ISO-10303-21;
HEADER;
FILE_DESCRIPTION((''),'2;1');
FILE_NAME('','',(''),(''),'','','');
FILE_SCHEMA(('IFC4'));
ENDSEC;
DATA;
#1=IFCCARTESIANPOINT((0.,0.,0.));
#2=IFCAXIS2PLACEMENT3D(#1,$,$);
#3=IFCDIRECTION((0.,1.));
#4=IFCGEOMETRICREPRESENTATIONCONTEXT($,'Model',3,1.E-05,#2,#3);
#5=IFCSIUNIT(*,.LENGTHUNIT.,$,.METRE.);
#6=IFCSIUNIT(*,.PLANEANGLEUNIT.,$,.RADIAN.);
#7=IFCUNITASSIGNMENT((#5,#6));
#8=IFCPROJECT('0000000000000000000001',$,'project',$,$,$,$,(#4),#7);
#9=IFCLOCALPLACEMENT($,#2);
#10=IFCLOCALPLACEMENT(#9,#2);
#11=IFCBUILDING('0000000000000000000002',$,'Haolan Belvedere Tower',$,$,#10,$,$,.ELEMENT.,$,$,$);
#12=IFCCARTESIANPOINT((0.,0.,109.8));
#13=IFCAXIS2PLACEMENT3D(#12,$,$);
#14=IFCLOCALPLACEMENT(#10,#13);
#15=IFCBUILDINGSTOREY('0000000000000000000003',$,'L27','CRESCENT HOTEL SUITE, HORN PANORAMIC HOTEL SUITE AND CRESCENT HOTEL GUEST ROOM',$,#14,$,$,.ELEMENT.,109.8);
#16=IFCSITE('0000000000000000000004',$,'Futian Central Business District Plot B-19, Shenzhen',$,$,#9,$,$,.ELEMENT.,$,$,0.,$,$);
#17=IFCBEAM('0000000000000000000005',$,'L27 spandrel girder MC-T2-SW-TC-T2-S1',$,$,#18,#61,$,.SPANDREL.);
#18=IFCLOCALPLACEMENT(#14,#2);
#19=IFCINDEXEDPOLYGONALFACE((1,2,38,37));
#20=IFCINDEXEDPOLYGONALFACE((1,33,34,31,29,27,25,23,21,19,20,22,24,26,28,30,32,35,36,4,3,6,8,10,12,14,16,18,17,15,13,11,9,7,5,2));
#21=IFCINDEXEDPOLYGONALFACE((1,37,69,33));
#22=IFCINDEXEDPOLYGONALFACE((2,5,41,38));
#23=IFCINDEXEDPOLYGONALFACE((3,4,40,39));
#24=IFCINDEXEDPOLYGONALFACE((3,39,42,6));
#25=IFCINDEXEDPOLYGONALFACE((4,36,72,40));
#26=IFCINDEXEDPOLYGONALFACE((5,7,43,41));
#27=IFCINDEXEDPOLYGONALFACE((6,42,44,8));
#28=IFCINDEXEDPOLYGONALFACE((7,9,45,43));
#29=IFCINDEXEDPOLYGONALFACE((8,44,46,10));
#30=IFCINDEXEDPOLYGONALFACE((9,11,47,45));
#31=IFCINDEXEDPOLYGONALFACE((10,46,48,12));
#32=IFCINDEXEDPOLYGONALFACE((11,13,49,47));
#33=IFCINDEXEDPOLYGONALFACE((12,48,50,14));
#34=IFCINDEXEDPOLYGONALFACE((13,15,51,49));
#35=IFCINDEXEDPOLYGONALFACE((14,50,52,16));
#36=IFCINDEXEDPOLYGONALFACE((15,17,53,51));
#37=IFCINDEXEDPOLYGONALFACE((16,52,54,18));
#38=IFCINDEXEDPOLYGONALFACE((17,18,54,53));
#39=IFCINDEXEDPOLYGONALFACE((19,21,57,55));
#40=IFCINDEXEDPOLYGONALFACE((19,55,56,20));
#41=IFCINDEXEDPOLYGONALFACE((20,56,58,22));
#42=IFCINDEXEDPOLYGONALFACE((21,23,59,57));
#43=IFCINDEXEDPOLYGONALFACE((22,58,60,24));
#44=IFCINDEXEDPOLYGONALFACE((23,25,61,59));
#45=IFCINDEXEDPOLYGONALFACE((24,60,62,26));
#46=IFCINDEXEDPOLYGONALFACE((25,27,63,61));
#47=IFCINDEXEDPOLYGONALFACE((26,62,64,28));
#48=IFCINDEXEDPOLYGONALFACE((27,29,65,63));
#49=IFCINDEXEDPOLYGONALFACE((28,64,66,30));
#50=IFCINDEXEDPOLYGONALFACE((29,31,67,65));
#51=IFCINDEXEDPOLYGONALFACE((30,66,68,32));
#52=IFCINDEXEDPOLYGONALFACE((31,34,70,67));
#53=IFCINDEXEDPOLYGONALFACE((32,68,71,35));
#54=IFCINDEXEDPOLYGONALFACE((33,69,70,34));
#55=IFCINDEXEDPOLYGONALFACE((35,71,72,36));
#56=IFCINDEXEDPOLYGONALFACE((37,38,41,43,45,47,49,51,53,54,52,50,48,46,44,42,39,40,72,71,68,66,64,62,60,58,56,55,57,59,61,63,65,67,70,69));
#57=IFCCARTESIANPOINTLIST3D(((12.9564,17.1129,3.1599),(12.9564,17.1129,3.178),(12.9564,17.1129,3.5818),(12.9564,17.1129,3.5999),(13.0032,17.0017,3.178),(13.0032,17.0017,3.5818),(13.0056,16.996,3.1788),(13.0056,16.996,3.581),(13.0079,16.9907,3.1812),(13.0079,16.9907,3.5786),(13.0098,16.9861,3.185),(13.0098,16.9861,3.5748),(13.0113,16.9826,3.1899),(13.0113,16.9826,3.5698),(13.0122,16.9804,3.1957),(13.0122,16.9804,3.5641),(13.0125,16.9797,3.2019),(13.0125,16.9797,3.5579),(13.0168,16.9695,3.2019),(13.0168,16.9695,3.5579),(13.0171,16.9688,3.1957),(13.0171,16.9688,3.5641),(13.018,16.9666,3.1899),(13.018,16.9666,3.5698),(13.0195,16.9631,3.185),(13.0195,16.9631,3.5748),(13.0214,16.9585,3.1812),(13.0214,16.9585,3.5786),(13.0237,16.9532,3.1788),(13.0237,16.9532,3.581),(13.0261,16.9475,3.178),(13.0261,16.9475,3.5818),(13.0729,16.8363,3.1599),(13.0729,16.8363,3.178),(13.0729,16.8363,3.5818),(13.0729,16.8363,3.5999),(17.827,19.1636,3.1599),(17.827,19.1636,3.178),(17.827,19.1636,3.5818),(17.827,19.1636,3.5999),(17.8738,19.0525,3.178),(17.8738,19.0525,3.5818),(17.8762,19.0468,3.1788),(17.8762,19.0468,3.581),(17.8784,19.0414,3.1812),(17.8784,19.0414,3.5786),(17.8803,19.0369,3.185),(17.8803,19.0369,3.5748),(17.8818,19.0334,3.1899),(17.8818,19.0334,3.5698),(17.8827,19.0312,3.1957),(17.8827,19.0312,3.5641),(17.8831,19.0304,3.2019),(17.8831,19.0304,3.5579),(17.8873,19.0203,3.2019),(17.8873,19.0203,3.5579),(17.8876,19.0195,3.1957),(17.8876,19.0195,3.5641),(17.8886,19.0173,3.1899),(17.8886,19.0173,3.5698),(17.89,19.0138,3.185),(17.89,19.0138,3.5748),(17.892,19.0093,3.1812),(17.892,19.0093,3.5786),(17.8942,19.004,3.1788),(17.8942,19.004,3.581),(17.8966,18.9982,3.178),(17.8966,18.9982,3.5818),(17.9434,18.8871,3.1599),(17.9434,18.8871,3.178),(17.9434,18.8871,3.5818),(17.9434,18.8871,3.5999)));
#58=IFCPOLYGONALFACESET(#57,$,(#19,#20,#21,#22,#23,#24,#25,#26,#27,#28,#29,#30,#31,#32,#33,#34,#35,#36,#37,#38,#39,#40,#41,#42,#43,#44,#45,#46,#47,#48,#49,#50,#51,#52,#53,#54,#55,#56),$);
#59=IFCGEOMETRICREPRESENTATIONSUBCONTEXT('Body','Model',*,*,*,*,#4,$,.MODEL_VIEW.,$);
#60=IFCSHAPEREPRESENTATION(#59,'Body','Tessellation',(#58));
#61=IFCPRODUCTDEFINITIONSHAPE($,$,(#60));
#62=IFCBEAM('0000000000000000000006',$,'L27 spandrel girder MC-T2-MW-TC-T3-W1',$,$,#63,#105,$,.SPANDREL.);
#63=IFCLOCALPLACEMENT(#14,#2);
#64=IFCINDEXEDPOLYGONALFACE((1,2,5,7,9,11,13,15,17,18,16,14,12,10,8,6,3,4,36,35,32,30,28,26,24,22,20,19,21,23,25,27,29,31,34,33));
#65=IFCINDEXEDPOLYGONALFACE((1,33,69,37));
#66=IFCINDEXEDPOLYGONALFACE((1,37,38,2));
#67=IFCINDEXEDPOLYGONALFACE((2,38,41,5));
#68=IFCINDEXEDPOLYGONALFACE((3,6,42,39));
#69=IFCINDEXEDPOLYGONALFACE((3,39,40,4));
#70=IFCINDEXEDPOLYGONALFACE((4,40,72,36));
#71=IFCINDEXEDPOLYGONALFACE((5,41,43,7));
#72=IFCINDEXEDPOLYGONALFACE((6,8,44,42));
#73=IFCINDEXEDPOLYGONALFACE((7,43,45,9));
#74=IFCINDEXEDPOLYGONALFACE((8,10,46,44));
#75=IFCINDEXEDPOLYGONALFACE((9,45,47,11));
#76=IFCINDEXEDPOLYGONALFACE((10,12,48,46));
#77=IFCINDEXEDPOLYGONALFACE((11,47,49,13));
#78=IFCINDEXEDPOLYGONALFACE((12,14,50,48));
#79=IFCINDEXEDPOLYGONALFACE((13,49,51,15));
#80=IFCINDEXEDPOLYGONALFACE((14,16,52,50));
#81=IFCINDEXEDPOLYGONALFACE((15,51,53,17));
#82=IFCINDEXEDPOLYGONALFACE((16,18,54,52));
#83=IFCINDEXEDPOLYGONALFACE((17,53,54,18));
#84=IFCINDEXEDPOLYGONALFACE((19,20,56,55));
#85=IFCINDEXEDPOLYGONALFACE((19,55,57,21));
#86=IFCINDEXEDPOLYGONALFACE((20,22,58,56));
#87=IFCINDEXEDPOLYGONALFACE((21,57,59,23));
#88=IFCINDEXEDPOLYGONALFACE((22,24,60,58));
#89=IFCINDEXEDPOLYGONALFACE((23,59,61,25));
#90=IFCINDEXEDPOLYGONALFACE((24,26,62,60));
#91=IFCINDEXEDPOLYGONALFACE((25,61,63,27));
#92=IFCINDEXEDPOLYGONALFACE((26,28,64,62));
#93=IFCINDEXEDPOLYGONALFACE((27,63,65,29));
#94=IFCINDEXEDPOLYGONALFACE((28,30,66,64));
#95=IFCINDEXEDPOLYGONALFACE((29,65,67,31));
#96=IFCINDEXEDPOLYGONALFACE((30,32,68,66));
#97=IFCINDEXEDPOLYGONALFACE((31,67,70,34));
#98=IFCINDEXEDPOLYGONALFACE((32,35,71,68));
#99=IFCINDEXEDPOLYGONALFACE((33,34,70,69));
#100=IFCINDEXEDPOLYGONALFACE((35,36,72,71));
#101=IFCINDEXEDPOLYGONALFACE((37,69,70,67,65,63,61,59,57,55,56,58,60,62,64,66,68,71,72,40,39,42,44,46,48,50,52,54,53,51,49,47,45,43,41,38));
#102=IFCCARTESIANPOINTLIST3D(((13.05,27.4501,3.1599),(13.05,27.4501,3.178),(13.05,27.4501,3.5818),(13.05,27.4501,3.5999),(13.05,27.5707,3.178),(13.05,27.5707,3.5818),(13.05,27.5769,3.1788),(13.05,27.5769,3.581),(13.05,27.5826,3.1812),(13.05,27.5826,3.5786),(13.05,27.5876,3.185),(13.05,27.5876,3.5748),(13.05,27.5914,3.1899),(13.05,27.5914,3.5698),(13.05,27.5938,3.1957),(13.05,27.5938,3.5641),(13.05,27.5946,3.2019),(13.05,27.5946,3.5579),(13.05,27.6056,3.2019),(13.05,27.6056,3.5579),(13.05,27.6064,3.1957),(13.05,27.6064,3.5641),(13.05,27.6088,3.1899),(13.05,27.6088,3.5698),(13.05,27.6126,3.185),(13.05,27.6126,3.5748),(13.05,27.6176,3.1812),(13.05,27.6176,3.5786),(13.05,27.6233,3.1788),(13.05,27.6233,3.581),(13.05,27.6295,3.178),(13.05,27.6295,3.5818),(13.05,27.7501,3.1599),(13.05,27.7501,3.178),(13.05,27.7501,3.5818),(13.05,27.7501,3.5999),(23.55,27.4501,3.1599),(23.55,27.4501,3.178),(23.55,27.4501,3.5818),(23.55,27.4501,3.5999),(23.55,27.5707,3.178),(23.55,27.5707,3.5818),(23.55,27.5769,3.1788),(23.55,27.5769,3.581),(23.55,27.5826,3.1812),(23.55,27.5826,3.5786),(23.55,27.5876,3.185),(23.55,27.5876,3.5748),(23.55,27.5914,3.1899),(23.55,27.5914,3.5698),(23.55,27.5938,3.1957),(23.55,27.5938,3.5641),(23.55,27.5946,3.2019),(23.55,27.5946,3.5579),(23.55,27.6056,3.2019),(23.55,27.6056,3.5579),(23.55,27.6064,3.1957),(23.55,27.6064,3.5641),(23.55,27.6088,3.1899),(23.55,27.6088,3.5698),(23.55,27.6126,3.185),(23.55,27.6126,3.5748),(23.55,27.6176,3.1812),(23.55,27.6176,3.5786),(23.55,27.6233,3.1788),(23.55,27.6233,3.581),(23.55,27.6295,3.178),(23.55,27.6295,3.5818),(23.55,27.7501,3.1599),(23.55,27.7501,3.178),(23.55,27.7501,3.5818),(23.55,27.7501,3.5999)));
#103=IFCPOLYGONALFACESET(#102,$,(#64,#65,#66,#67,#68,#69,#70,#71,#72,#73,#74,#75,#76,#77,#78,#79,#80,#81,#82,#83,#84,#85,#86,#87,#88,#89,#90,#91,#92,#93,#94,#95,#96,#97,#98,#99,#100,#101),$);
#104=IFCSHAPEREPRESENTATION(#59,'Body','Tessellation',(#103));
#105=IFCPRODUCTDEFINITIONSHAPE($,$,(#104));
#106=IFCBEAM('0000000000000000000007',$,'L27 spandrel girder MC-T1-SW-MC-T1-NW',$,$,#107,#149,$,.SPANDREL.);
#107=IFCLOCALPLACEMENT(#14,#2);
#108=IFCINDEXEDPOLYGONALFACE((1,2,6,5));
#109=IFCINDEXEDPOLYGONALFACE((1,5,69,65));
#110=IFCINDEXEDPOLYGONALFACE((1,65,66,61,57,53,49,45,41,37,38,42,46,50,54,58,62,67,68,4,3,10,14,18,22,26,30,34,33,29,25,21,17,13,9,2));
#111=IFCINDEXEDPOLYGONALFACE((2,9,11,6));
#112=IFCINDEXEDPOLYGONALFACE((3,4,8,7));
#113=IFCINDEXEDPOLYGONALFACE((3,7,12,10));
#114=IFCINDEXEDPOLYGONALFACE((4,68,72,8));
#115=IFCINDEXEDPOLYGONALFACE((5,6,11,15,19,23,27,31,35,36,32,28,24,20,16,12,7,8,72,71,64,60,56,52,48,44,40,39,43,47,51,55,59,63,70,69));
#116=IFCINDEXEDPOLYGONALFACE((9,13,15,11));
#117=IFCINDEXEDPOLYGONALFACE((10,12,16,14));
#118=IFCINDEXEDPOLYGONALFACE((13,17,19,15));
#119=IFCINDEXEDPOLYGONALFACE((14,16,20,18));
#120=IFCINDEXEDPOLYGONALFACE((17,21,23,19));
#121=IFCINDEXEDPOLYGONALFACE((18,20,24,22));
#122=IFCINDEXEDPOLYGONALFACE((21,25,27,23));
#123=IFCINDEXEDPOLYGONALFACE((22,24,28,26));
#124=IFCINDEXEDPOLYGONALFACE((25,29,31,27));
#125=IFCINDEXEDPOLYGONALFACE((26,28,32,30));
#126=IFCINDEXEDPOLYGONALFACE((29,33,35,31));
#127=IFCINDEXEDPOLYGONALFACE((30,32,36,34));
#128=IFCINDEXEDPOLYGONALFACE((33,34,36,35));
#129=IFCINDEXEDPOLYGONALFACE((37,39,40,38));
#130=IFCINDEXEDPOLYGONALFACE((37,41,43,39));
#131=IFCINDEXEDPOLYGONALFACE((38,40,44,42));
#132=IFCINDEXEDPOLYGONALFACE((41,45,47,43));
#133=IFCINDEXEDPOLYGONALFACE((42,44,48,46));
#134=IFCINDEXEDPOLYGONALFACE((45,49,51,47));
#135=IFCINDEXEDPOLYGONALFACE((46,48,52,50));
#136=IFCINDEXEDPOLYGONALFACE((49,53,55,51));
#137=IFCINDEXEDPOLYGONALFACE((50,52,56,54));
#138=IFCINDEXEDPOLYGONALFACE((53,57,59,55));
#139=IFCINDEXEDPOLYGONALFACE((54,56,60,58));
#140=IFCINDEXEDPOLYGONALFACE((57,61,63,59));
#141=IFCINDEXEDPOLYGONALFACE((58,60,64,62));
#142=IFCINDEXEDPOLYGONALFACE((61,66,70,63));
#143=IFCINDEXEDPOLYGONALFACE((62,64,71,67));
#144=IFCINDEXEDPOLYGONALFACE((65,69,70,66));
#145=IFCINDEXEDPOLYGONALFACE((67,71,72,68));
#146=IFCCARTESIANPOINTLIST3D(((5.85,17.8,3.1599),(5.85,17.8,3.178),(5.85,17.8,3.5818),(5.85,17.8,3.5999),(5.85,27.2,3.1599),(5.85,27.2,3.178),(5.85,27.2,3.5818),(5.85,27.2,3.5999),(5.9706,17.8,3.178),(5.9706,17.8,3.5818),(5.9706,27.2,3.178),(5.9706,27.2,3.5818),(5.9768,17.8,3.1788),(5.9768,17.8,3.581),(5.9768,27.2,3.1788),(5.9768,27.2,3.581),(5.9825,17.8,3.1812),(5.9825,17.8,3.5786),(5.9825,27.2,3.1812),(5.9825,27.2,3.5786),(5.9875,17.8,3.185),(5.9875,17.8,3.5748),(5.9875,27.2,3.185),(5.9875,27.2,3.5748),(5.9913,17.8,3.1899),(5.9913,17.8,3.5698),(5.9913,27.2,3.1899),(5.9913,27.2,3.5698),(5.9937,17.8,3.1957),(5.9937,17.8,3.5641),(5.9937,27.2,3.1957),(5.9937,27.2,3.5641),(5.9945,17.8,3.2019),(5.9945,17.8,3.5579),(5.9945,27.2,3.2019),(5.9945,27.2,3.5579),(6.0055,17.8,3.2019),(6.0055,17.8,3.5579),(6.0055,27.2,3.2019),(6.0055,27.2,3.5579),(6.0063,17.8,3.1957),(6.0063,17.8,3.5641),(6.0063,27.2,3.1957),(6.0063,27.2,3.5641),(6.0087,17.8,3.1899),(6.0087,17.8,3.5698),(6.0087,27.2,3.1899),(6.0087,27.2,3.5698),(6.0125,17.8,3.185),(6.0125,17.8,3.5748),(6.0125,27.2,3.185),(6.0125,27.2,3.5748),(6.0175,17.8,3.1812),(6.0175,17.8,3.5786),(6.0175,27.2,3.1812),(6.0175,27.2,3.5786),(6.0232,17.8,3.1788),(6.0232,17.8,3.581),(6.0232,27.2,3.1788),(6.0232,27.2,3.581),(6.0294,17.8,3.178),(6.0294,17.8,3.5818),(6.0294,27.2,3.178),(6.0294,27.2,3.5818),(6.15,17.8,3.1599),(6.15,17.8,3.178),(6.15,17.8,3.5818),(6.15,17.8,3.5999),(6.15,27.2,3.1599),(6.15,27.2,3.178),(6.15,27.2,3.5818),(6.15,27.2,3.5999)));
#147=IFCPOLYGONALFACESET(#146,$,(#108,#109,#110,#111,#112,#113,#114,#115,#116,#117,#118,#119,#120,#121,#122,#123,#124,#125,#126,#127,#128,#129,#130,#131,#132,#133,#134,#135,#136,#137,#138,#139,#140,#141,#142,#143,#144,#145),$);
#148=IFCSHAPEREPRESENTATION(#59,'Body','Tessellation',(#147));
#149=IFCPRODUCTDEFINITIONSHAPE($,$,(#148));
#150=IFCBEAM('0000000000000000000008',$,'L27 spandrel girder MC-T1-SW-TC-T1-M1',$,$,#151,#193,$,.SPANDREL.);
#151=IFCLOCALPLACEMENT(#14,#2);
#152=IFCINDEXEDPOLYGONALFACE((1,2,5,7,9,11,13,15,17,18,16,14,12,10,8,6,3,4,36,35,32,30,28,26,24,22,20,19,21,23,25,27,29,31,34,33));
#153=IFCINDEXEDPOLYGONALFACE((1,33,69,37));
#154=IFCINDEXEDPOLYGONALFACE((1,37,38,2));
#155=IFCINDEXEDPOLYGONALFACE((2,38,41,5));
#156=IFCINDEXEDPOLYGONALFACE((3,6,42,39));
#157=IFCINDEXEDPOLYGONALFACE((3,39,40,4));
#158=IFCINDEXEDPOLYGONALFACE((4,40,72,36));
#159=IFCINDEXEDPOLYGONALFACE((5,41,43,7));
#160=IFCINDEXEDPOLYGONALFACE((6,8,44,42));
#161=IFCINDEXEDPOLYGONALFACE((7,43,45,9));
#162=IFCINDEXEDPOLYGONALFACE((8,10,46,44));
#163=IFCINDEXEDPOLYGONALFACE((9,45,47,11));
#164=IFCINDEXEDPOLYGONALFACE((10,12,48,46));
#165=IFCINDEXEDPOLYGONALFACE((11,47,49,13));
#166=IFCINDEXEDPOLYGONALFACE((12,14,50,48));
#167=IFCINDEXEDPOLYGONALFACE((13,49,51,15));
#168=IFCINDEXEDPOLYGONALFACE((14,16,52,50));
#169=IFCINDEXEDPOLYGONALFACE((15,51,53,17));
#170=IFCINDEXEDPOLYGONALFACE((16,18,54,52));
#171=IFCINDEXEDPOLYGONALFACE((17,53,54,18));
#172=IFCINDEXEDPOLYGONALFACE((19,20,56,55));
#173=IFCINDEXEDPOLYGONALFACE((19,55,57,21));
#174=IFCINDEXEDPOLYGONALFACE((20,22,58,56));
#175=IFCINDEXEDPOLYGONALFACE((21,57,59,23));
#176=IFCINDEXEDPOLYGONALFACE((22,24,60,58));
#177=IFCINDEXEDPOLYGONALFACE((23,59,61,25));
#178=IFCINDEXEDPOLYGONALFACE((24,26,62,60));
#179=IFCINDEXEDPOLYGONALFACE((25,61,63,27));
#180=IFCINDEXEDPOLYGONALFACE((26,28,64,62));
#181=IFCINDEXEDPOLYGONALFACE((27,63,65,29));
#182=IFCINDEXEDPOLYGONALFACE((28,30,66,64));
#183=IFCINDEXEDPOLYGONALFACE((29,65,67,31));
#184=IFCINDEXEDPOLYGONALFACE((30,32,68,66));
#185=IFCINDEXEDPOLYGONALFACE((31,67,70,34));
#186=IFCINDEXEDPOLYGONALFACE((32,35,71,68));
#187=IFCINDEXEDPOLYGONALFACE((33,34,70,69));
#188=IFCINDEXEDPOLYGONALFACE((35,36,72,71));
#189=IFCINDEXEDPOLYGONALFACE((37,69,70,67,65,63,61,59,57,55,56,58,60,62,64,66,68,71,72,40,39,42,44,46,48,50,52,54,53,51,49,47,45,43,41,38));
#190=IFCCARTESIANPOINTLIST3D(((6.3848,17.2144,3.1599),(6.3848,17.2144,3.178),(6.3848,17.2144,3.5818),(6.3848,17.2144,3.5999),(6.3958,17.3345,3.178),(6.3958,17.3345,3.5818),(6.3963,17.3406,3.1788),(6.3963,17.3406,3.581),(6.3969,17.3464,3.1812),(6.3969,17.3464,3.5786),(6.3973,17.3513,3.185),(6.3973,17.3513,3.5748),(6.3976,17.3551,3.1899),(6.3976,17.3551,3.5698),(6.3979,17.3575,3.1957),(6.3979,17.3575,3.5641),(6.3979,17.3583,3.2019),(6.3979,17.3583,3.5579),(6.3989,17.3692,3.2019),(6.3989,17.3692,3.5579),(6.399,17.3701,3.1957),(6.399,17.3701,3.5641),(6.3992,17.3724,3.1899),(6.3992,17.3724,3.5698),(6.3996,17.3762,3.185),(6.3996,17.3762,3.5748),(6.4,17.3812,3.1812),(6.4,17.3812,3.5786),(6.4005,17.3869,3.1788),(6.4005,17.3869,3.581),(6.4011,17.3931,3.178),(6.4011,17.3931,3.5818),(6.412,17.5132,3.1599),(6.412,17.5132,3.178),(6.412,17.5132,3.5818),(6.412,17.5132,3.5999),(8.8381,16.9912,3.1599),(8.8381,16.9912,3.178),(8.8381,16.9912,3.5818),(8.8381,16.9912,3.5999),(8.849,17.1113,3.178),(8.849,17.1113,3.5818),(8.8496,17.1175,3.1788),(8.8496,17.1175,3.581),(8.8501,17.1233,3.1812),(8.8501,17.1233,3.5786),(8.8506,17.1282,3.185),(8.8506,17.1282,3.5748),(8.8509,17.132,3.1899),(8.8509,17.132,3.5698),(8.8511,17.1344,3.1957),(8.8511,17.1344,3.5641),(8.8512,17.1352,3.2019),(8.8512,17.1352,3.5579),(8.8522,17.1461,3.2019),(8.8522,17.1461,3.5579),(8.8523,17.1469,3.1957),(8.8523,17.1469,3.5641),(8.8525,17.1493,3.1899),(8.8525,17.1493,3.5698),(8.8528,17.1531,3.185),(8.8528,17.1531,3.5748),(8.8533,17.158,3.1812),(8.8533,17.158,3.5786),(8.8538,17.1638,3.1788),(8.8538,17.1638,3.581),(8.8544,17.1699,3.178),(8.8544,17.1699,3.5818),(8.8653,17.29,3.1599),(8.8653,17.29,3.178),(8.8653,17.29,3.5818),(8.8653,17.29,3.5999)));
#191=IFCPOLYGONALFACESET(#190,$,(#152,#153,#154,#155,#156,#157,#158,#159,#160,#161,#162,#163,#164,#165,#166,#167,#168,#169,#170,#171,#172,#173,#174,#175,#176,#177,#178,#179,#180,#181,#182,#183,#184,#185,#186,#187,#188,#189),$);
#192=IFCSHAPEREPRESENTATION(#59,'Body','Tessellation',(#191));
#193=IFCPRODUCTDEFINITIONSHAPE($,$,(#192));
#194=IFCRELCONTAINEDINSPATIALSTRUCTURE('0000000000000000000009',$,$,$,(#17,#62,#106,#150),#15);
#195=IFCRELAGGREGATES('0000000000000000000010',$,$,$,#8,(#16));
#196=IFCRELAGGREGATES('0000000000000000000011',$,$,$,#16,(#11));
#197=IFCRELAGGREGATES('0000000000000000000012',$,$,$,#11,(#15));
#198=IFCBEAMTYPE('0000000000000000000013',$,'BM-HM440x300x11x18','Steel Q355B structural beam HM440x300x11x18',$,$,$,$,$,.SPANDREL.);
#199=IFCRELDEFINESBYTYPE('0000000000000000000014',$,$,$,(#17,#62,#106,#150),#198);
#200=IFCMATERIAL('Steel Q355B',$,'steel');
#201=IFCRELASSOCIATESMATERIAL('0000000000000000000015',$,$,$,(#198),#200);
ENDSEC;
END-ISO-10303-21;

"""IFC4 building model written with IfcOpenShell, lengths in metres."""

from ifc_helpers import new_model, si_unit, direction, frame, origin, origin_2d, place, context, subcontext, project, spatial, i_section, extrude, material, material_profile, profile_set, type_object, element, save


model = new_model("IFC4")

# Units and contexts
model_context = context("Model", 3, precision=1e-05, world=origin(), true_north=direction((0.0, 1.0)))
body_context = subcontext(model_context, "Body", "Model", "MODEL_VIEW")
ifc_project = project(units=[si_unit("LENGTHUNIT", "METRE"), si_unit("PLANEANGLEUNIT", "RADIAN")], contexts=[model_context])

# Site, building, storey
site_placement = place(None, origin())
site = spatial("IfcSite", under=ifc_project, at=site_placement, Name="Futian Central Business District Plot B-19, Shenzhen", CompositionType="ELEMENT", RefElevation=0.0)
building_placement = place(site_placement, origin())
building = spatial("IfcBuilding", under=site, at=building_placement, Name="Haolan Belvedere Tower", CompositionType="ELEMENT")
storey_placement = place(building_placement, frame((0.0, 0.0, 109.8)))
storey = spatial("IfcBuildingStorey", under=building, at=storey_placement, Name="L27", Description="CRESCENT HOTEL SUITE, HORN PANORAMIC HOTEL SUITE AND CRESCENT HOTEL GUEST ROOM", CompositionType="ELEMENT", Elevation=109.8)

# Beams
ifc_material_1 = material(Name="Steel Q355B", Category="steel")
ifc_material_profile_1 = material_profile(ifc_material_1, i_section(OverallWidth=0.3, OverallDepth=0.4399, WebThickness=0.011, FlangeThickness=0.0181, FilletRadius=0.0239, at=origin_2d()), Name="Steel Q355B")
ifc_profile_set_1 = profile_set([ifc_material_profile_1], Name="Steel Q355B")
beam_type_1 = type_object("IfcBeamType", Name="BM-HM440x300x11x18", Description="Steel Q355B structural beam HM440x300x11x18", PredefinedType="SPANDREL", material=ifc_profile_set_1)
beam_1_placement = place(storey_placement, frame((13.0146, 16.9746, 3.3799), z_axis=(0.921635, 0.388057, 0.0), x_axis=(-0.388057, 0.921635, 0.0)))
element("IfcBeam", 1, at=beam_1_placement, inside=storey, type_object=beam_type_1, Name="L27 spandrel girder MC-T2-SW-TC-T2-S1", PredefinedType="SPANDREL", context=body_context, shape_type="SweptSolid", body=[
    extrude(i_section(OverallWidth=0.3, OverallDepth=0.4399, WebThickness=0.011, FlangeThickness=0.0181, FilletRadius=0.0239, at=origin_2d()), origin(), (0.0, 0.0, 1.0), 5.2847),
])
beam_2_placement = place(storey_placement, frame((13.05, 27.6001, 3.3799), z_axis=(1.0, 0.0, 0.0), x_axis=(0.0, 1.0, 0.0)))
element("IfcBeam", 2, at=beam_2_placement, inside=storey, type_object=beam_type_1, Name="L27 spandrel girder MC-T2-MW-TC-T3-W1", PredefinedType="SPANDREL", context=body_context, shape_type="SweptSolid", body=[
    extrude(i_section(OverallWidth=0.3, OverallDepth=0.4399, WebThickness=0.011, FlangeThickness=0.0181, FilletRadius=0.0239, at=origin_2d()), origin(), (0.0, 0.0, 1.0), 10.5),
])
beam_3_placement = place(storey_placement, frame((6.0, 17.8, 3.3799), z_axis=(0.0, 1.0, 0.0), x_axis=(-1.0, 0.0, 0.0)))
element("IfcBeam", 3, at=beam_3_placement, inside=storey, type_object=beam_type_1, Name="L27 spandrel girder MC-T1-SW-MC-T1-NW", PredefinedType="SPANDREL", context=body_context, shape_type="SweptSolid", body=[
    extrude(i_section(OverallWidth=0.3, OverallDepth=0.4399, WebThickness=0.011, FlangeThickness=0.0181, FilletRadius=0.0239, at=origin_2d()), origin(), (0.0, 0.0, 1.0), 9.3999),
])
beam_4_placement = place(storey_placement, frame((6.3984, 17.3638, 3.3799), z_axis=(0.995889, -0.09058, 0.0), x_axis=(0.09058, 0.995889, 0.0)))
element("IfcBeam", 4, at=beam_4_placement, inside=storey, type_object=beam_type_1, Name="L27 spandrel girder MC-T1-SW-TC-T1-M1", PredefinedType="SPANDREL", context=body_context, shape_type="SweptSolid", body=[
    extrude(i_section(OverallWidth=0.3, OverallDepth=0.4399, WebThickness=0.011, FlangeThickness=0.0181, FilletRadius=0.0239, at=origin_2d()), origin(), (0.0, 0.0, 1.0), 2.4634),
])

save(model, "model.ifc")
